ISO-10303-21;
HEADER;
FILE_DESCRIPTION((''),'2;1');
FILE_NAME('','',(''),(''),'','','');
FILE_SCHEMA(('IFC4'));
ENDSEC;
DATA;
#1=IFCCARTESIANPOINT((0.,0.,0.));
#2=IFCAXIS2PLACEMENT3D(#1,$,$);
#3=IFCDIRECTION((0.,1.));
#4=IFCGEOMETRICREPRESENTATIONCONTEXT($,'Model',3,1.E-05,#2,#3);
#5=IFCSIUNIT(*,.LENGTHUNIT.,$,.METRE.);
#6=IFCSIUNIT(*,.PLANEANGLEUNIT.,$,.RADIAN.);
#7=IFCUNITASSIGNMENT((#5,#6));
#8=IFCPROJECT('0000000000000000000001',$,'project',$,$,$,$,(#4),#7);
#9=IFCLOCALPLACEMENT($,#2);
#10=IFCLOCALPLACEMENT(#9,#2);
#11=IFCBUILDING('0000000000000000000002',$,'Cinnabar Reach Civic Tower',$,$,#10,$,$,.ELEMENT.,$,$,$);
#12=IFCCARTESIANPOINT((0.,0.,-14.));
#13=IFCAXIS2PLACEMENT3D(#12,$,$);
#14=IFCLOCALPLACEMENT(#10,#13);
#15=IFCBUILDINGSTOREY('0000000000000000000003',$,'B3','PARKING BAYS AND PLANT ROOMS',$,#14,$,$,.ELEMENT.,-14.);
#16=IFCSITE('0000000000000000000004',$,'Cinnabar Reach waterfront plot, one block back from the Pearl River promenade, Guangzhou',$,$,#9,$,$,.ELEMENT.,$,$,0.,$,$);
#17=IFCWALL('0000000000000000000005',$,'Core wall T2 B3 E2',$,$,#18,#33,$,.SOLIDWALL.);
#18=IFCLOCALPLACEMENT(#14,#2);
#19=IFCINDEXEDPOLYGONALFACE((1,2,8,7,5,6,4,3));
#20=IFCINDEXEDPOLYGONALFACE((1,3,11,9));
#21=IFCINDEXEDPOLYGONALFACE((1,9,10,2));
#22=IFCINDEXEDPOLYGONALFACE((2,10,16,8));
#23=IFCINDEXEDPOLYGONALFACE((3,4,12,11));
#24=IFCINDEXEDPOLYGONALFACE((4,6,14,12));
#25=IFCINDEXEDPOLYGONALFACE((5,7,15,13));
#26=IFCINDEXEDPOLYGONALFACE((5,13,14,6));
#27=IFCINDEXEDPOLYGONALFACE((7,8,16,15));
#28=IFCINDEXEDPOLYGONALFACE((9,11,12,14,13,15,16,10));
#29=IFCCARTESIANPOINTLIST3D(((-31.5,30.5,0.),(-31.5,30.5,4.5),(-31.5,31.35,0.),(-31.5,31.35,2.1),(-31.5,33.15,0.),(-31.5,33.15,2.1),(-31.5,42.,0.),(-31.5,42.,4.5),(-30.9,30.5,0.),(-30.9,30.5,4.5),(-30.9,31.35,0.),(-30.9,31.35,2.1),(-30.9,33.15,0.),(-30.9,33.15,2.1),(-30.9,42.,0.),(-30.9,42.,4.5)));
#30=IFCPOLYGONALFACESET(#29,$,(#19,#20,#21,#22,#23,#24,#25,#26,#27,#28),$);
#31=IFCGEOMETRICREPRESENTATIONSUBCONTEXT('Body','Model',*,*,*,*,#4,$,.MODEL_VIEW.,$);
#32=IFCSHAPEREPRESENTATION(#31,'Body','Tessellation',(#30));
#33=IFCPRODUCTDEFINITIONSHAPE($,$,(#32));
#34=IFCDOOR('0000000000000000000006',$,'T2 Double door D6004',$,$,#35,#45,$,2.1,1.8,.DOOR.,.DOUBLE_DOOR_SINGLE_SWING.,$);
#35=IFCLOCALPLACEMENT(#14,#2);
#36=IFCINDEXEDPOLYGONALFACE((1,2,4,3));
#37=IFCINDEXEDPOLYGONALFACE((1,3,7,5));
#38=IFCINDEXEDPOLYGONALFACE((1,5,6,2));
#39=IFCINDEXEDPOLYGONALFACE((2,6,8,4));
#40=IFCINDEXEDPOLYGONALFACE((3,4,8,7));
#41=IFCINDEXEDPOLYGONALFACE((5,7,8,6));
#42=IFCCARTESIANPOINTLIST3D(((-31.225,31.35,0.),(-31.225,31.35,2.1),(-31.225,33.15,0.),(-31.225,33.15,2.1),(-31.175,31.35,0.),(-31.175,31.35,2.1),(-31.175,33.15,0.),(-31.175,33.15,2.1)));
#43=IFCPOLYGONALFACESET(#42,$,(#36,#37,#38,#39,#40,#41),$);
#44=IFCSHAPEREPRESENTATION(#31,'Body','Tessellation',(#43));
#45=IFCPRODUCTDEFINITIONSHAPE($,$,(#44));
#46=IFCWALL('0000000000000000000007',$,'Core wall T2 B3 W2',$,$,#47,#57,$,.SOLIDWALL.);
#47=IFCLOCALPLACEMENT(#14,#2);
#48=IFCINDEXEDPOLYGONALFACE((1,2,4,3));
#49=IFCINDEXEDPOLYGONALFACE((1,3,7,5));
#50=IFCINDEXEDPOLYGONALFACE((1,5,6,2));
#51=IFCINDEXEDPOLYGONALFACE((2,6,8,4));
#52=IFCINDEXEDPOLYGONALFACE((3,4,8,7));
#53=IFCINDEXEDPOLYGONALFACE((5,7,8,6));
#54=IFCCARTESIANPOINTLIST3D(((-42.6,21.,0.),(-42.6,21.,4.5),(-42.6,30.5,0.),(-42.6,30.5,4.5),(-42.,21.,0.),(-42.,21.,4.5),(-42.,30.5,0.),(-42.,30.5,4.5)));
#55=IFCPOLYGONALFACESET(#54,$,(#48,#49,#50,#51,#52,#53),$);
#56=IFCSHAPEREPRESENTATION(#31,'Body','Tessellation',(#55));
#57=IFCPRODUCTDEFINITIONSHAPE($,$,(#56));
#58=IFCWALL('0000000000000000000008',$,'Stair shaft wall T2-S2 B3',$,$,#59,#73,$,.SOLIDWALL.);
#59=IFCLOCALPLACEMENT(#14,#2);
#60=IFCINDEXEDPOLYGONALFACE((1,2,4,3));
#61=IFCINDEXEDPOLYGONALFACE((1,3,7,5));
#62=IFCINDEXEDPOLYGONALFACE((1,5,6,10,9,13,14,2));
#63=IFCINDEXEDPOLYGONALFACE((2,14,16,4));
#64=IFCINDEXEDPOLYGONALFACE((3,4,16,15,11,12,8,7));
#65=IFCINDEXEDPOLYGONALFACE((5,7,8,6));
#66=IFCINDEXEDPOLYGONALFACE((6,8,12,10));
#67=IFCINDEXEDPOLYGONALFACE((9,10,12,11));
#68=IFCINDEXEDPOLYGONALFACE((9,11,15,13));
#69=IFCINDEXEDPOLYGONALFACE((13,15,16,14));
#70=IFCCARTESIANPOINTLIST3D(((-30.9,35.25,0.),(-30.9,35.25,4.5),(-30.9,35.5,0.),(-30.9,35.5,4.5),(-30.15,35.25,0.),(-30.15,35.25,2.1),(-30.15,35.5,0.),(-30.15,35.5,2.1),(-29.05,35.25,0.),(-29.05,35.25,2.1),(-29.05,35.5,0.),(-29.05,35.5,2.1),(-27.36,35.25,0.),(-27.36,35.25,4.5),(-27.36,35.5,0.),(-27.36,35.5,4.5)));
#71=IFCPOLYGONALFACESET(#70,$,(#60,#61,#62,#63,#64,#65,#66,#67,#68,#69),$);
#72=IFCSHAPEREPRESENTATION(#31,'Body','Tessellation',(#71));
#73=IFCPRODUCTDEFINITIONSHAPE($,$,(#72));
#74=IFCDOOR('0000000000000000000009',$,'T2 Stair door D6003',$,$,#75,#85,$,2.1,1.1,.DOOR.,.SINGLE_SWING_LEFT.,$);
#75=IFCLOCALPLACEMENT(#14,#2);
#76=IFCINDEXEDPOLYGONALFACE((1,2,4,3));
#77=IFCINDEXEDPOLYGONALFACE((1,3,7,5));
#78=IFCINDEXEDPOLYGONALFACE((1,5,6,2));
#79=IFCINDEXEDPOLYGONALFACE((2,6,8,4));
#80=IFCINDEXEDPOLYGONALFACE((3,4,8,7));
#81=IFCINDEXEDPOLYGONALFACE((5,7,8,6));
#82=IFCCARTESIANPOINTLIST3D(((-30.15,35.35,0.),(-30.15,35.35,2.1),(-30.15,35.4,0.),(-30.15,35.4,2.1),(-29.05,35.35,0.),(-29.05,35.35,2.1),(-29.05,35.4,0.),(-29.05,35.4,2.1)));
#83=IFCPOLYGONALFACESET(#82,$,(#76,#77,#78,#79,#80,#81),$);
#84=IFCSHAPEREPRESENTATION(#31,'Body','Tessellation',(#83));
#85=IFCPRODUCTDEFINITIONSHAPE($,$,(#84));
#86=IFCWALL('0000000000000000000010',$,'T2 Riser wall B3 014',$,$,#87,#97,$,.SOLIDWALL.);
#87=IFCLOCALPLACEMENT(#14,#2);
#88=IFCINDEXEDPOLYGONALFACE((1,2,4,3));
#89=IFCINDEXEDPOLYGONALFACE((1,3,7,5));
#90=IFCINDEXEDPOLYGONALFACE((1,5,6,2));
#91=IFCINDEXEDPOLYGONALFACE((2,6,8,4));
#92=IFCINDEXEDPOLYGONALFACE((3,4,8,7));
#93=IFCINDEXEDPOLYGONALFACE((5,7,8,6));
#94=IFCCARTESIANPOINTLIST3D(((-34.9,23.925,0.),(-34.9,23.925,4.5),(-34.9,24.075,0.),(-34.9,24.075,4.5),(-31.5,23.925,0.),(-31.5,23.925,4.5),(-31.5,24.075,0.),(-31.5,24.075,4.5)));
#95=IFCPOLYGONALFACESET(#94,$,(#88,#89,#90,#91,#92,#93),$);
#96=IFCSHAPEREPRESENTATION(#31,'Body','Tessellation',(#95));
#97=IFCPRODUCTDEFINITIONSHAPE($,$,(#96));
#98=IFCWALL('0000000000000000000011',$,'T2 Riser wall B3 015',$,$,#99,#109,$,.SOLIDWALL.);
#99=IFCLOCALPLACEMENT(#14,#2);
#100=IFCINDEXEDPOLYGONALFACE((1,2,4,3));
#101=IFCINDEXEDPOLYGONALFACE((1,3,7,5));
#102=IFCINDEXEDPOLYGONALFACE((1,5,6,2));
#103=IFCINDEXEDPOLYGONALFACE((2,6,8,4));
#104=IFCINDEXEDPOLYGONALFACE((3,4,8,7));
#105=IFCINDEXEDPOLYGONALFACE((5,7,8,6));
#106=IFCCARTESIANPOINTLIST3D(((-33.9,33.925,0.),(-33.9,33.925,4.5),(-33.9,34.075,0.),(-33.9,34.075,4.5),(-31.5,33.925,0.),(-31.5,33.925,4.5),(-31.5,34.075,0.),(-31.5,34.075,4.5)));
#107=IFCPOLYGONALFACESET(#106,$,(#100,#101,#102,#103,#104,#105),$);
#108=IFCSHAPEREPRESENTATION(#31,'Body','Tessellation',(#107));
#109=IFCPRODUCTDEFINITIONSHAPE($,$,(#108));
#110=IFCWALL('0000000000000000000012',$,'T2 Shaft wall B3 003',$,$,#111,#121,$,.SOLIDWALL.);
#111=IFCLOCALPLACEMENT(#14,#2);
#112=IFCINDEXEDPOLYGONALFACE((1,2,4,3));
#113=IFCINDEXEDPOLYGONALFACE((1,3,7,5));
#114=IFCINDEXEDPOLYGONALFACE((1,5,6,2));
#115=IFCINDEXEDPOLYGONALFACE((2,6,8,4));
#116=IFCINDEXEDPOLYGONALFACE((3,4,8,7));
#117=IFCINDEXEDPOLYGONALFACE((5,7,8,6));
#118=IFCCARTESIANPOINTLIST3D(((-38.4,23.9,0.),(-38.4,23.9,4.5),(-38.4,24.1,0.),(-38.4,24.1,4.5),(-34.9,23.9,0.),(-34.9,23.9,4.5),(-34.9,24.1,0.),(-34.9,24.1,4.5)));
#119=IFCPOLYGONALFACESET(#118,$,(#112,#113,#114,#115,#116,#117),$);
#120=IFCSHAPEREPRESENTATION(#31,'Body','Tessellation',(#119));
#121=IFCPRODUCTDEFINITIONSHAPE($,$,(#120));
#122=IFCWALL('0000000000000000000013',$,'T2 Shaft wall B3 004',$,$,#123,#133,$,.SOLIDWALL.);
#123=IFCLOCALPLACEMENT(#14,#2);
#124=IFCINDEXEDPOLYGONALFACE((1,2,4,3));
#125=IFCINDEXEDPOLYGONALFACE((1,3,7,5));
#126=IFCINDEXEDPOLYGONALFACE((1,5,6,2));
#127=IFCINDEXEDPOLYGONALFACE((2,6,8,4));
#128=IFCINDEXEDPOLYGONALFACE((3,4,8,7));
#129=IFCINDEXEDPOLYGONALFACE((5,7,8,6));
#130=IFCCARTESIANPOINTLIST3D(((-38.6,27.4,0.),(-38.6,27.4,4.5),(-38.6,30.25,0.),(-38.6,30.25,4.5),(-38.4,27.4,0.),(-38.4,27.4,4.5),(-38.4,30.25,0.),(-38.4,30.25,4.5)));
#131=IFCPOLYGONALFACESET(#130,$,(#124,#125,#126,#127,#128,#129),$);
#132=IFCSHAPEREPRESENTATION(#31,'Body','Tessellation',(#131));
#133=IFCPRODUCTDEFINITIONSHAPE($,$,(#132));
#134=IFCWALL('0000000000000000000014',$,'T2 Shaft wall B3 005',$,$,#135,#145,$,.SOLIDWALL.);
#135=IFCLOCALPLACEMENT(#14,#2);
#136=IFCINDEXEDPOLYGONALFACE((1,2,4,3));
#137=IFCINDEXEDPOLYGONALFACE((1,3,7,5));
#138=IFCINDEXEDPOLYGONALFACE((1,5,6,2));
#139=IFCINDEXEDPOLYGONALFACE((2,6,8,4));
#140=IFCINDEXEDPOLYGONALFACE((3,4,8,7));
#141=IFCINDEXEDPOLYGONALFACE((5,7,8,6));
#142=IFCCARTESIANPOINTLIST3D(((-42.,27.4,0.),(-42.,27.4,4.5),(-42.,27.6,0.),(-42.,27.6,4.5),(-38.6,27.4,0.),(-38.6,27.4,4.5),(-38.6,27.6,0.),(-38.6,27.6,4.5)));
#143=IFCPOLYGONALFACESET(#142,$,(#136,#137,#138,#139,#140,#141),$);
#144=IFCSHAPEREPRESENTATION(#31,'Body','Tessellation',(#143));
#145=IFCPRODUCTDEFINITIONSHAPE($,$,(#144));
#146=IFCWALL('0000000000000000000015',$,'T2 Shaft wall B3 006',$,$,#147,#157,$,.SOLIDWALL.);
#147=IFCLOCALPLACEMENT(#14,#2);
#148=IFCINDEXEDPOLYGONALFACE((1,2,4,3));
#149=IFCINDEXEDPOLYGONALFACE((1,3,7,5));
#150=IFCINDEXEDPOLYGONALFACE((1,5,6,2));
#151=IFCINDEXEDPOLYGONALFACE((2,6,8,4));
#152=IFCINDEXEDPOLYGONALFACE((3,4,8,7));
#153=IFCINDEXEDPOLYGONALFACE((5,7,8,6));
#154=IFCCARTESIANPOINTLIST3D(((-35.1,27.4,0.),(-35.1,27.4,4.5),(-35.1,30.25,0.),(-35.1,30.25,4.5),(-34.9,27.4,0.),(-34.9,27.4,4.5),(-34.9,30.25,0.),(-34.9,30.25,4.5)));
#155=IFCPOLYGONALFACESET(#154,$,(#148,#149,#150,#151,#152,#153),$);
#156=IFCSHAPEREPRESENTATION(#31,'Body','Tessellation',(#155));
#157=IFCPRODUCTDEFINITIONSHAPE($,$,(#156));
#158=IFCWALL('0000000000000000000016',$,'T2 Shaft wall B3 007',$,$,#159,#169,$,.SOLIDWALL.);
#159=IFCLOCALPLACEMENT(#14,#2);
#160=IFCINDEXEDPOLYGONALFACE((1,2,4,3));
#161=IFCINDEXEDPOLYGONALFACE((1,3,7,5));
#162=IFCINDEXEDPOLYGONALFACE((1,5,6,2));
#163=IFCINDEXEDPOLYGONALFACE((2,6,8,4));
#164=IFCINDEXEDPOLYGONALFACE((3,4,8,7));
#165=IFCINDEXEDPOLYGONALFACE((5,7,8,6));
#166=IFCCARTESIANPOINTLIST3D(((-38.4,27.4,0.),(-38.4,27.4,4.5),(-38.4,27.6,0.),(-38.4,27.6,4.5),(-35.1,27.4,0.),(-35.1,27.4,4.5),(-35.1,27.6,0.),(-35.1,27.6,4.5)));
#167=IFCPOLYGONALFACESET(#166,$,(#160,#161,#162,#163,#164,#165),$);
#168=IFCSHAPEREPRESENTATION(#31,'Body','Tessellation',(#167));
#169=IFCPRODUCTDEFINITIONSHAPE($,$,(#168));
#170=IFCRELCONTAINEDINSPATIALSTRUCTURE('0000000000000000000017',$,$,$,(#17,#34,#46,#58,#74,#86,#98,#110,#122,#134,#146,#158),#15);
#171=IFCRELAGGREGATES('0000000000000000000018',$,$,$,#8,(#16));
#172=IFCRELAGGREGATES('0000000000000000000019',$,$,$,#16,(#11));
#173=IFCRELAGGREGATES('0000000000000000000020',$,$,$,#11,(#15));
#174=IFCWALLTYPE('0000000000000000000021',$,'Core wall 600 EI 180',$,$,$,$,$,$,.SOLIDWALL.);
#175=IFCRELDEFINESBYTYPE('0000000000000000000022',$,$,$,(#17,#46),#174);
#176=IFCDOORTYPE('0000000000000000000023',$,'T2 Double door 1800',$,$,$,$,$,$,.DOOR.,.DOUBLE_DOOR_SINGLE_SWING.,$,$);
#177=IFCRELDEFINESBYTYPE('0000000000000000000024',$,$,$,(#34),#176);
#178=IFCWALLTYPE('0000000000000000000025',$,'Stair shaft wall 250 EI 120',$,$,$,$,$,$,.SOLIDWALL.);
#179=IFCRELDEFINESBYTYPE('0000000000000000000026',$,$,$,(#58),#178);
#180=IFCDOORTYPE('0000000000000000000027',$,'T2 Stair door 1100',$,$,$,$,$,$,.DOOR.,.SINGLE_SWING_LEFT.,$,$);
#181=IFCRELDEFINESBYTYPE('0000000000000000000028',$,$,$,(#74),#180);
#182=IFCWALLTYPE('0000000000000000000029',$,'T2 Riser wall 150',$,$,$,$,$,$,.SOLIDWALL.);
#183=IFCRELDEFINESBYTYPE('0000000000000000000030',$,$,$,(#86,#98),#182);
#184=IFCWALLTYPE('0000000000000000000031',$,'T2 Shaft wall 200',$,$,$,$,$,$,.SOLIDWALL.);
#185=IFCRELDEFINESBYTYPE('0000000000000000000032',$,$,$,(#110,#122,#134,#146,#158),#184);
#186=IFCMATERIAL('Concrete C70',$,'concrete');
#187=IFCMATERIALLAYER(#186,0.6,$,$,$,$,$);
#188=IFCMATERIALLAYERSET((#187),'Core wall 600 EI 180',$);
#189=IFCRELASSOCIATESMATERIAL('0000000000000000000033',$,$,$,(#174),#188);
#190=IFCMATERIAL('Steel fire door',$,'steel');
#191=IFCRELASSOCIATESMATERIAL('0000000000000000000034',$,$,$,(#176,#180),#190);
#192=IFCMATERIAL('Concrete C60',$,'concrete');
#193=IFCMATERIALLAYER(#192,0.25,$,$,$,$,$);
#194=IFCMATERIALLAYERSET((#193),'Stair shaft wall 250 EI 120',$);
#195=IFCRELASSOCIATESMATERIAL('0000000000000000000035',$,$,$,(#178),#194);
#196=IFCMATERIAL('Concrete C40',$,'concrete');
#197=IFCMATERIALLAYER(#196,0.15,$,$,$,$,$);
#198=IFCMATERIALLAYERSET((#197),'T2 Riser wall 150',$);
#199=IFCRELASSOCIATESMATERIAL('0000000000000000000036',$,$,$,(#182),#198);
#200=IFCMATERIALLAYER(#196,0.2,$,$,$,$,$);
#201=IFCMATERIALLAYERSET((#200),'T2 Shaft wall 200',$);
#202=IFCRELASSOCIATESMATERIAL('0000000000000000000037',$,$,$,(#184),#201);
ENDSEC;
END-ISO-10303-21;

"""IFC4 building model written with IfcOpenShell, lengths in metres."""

from ifc_helpers import new_model, si_unit, direction, frame, frame_2d, origin, place, context, subcontext, project, spatial, rectangle, extrude, material, layer, layer_set, type_object, element, fill, save


model = new_model("IFC4")

# Units and contexts
model_context = context("Model", 3, precision=1e-05, world=origin(), true_north=direction((0.0, 1.0)))
body_context = subcontext(model_context, "Body", "Model", "MODEL_VIEW")
ifc_project = project(units=[si_unit("LENGTHUNIT", "METRE"), si_unit("PLANEANGLEUNIT", "RADIAN")], contexts=[model_context])

# Site, building, storey
site_placement = place(None, origin())
site = spatial("IfcSite", under=ifc_project, at=site_placement, Name="Cinnabar Reach waterfront plot, one block back from the Pearl River promenade, Guangzhou", CompositionType="ELEMENT", RefElevation=0.0)
building_placement = place(site_placement, origin())
building = spatial("IfcBuilding", under=site, at=building_placement, Name="Cinnabar Reach Civic Tower", CompositionType="ELEMENT")
storey_placement = place(building_placement, frame((0.0, 0.0, -14.0)))
storey = spatial("IfcBuildingStorey", under=building, at=storey_placement, Name="B3", Description="PARKING BAYS AND PLANT ROOMS", CompositionType="ELEMENT", Elevation=-14.0)

# Shared definitions
ifc_material_1 = material(Name="Concrete C40", Category="concrete")

# Shared definitions
ifc_material_2 = material(Name="Concrete C60", Category="concrete")

# Wall, opening, door
ifc_material_3 = material(Name="Concrete C70", Category="concrete")
ifc_layer_1 = layer(ifc_material_3, 0.6)
ifc_layer_set_1 = layer_set([ifc_layer_1], Name="Core wall 600 EI 180")
wall_type_1 = type_object("IfcWallType", Name="Core wall 600 EI 180", PredefinedType="SOLIDWALL", material=ifc_layer_set_1)
wall_1_placement = place(storey_placement, frame((-31.2, 30.5, 0.0), z_axis=(0.0, 0.0, 1.0), x_axis=(0.0, 1.0, 0.0)))
wall_1 = element("IfcWall", 1, at=wall_1_placement, inside=storey, type_object=wall_type_1, Name="Core wall T2 B3 E2", PredefinedType="SOLIDWALL", context=body_context, shape_type="SweptSolid", body=[
    extrude(rectangle(XDim=11.5, YDim=0.6, at=frame_2d((5.75, 0.0))), origin(), (0.0, 0.0, 1.0), 4.5),
])
opening_1_placement = place(wall_1_placement, frame((0.85, 0.0, 0.0)))
opening_1 = element("IfcOpeningElement", 2, at=opening_1_placement, cuts=wall_1, PredefinedType="OPENING", context=body_context, shape_type="SweptSolid", body=[
    extrude(rectangle(XDim=1.8, YDim=2.1, at=frame_2d((0.9, 1.05))), frame((0.0, 0.31, 0.0), z_axis=(0.0, -1.0, 0.0), x_axis=(1.0, 0.0, 0.0)), (0.0, 0.0, 1.0), 0.62),
])
ifc_material_4 = material(Name="Steel fire door", Category="steel")
door_type_1 = type_object("IfcDoorType", Name="T2 Double door 1800", OperationType="DOUBLE_DOOR_SINGLE_SWING", PredefinedType="DOOR", material=ifc_material_4)
door_1_placement = place(opening_1_placement, origin())
door_1 = element("IfcDoor", 3, at=door_1_placement, inside=storey, type_object=door_type_1, Name="T2 Double door D6004", OperationType="DOUBLE_DOOR_SINGLE_SWING", OverallHeight=2.1, OverallWidth=1.8, PredefinedType="DOOR", context=body_context, shape_type="SweptSolid", body=[
    extrude(rectangle(XDim=1.8, YDim=2.1, at=frame_2d((0.9, 1.05))), frame((0.0, 0.025, 0.0), z_axis=(0.0, -1.0, 0.0), x_axis=(1.0, 0.0, 0.0)), (0.0, 0.0, 1.0), 0.05),
])
fill(opening_1, door_1)

# Wall
wall_2_placement = place(storey_placement, frame((-42.3, 30.5, 0.0), z_axis=(0.0, 0.0, 1.0), x_axis=(0.0, -1.0, 0.0)))
element("IfcWall", 4, at=wall_2_placement, inside=storey, type_object=wall_type_1, Name="Core wall T2 B3 W2", PredefinedType="SOLIDWALL", context=body_context, shape_type="SweptSolid", body=[
    extrude(rectangle(XDim=9.5, YDim=0.6, at=frame_2d((4.75, 0.0))), origin(), (0.0, 0.0, 1.0), 4.5),
])

# Wall, opening, door
ifc_layer_2 = layer(ifc_material_2, 0.25)
ifc_layer_set_2 = layer_set([ifc_layer_2], Name="Stair shaft wall 250 EI 120")
wall_type_2 = type_object("IfcWallType", Name="Stair shaft wall 250 EI 120", PredefinedType="SOLIDWALL", material=ifc_layer_set_2)
wall_3_placement = place(storey_placement, frame((-30.9, 35.375, 0.0), z_axis=(0.0, 0.0, 1.0), x_axis=(1.0, 0.0, 0.0)))
wall_3 = element("IfcWall", 5, at=wall_3_placement, inside=storey, type_object=wall_type_2, Name="Stair shaft wall T2-S2 B3", PredefinedType="SOLIDWALL", context=body_context, shape_type="SweptSolid", body=[
    extrude(rectangle(XDim=3.54, YDim=0.25, at=frame_2d((1.77, 0.0))), origin(), (0.0, 0.0, 1.0), 4.5),
])
opening_2_placement = place(wall_3_placement, frame((0.75, 0.0, 0.0)))
opening_2 = element("IfcOpeningElement", 6, at=opening_2_placement, cuts=wall_3, PredefinedType="OPENING", context=body_context, shape_type="SweptSolid", body=[
    extrude(rectangle(XDim=1.1, YDim=2.1, at=frame_2d((0.55, 1.05))), frame((0.0, 0.135, 0.0), z_axis=(0.0, -1.0, 0.0), x_axis=(1.0, 0.0, 0.0)), (0.0, 0.0, 1.0), 0.27),
])
door_type_2 = type_object("IfcDoorType", Name="T2 Stair door 1100", OperationType="SINGLE_SWING_LEFT", PredefinedType="DOOR", material=ifc_material_4)
door_2_placement = place(opening_2_placement, origin())
door_2 = element("IfcDoor", 7, at=door_2_placement, inside=storey, type_object=door_type_2, Name="T2 Stair door D6003", OperationType="SINGLE_SWING_LEFT", OverallHeight=2.1, OverallWidth=1.1, PredefinedType="DOOR", context=body_context, shape_type="SweptSolid", body=[
    extrude(rectangle(XDim=1.1, YDim=2.1, at=frame_2d((0.55, 1.05))), frame((0.0, 0.025, 0.0), z_axis=(0.0, -1.0, 0.0), x_axis=(1.0, 0.0, 0.0)), (0.0, 0.0, 1.0), 0.05),
])
fill(opening_2, door_2)

# Walls
ifc_layer_3 = layer(ifc_material_1, 0.15)
ifc_layer_set_3 = layer_set([ifc_layer_3], Name="T2 Riser wall 150")
wall_type_3 = type_object("IfcWallType", Name="T2 Riser wall 150", PredefinedType="SOLIDWALL", material=ifc_layer_set_3)
wall_4_placement = place(storey_placement, frame((-31.5, 24.0, 0.0), z_axis=(0.0, 0.0, 1.0), x_axis=(-1.0, 0.0, 0.0)))
element("IfcWall", 8, at=wall_4_placement, inside=storey, type_object=wall_type_3, Name="T2 Riser wall B3 014", PredefinedType="SOLIDWALL", context=body_context, shape_type="SweptSolid", body=[
    extrude(rectangle(XDim=3.4, YDim=0.15, at=frame_2d((1.7, 0.0))), origin(), (0.0, 0.0, 1.0), 4.5),
])
wall_5_placement = place(storey_placement, frame((-33.9, 34.0, 0.0), z_axis=(0.0, 0.0, 1.0), x_axis=(1.0, 0.0, 0.0)))
element("IfcWall", 9, at=wall_5_placement, inside=storey, type_object=wall_type_3, Name="T2 Riser wall B3 015", PredefinedType="SOLIDWALL", context=body_context, shape_type="SweptSolid", body=[
    extrude(rectangle(XDim=2.4, YDim=0.15, at=frame_2d((1.2, 0.0))), origin(), (0.0, 0.0, 1.0), 4.5),
])
ifc_layer_4 = layer(ifc_material_1, 0.2)
ifc_layer_set_4 = layer_set([ifc_layer_4], Name="T2 Shaft wall 200")
wall_type_4 = type_object("IfcWallType", Name="T2 Shaft wall 200", PredefinedType="SOLIDWALL", material=ifc_layer_set_4)
wall_6_placement = place(storey_placement, frame((-34.9, 24.0, 0.0), z_axis=(0.0, 0.0, 1.0), x_axis=(-1.0, 0.0, 0.0)))
element("IfcWall", 10, at=wall_6_placement, inside=storey, type_object=wall_type_4, Name="T2 Shaft wall B3 003", PredefinedType="SOLIDWALL", context=body_context, shape_type="SweptSolid", body=[
    extrude(rectangle(XDim=3.5, YDim=0.2, at=frame_2d((1.75, 0.0))), origin(), (0.0, 0.0, 1.0), 4.5),
])
wall_7_placement = place(storey_placement, frame((-38.5, 27.4, 0.0), z_axis=(0.0, 0.0, 1.0), x_axis=(0.0, 1.0, 0.0)))
element("IfcWall", 11, at=wall_7_placement, inside=storey, type_object=wall_type_4, Name="T2 Shaft wall B3 004", PredefinedType="SOLIDWALL", context=body_context, shape_type="SweptSolid", body=[
    extrude(rectangle(XDim=2.85, YDim=0.2, at=frame_2d((1.425, 0.0))), origin(), (0.0, 0.0, 1.0), 4.5),
])
wall_8_placement = place(storey_placement, frame((-42.0, 27.5, 0.0), z_axis=(0.0, 0.0, 1.0), x_axis=(1.0, 0.0, 0.0)))
element("IfcWall", 12, at=wall_8_placement, inside=storey, type_object=wall_type_4, Name="T2 Shaft wall B3 005", PredefinedType="SOLIDWALL", context=body_context, shape_type="SweptSolid", body=[
    extrude(rectangle(XDim=3.4, YDim=0.2, at=frame_2d((1.7, 0.0))), origin(), (0.0, 0.0, 1.0), 4.5),
])
wall_9_placement = place(storey_placement, frame((-35.0, 27.4, 0.0), z_axis=(0.0, 0.0, 1.0), x_axis=(0.0, 1.0, 0.0)))
element("IfcWall", 13, at=wall_9_placement, inside=storey, type_object=wall_type_4, Name="T2 Shaft wall B3 006", PredefinedType="SOLIDWALL", context=body_context, shape_type="SweptSolid", body=[
    extrude(rectangle(XDim=2.85, YDim=0.2, at=frame_2d((1.425, 0.0))), origin(), (0.0, 0.0, 1.0), 4.5),
])
wall_10_placement = place(storey_placement, frame((-38.4, 27.5, 0.0), z_axis=(0.0, 0.0, 1.0), x_axis=(1.0, 0.0, 0.0)))
element("IfcWall", 14, at=wall_10_placement, inside=storey, type_object=wall_type_4, Name="T2 Shaft wall B3 007", PredefinedType="SOLIDWALL", context=body_context, shape_type="SweptSolid", body=[
    extrude(rectangle(XDim=3.3, YDim=0.2, at=frame_2d((1.65, 0.0))), origin(), (0.0, 0.0, 1.0), 4.5),
])

save(model, "model.ifc")
